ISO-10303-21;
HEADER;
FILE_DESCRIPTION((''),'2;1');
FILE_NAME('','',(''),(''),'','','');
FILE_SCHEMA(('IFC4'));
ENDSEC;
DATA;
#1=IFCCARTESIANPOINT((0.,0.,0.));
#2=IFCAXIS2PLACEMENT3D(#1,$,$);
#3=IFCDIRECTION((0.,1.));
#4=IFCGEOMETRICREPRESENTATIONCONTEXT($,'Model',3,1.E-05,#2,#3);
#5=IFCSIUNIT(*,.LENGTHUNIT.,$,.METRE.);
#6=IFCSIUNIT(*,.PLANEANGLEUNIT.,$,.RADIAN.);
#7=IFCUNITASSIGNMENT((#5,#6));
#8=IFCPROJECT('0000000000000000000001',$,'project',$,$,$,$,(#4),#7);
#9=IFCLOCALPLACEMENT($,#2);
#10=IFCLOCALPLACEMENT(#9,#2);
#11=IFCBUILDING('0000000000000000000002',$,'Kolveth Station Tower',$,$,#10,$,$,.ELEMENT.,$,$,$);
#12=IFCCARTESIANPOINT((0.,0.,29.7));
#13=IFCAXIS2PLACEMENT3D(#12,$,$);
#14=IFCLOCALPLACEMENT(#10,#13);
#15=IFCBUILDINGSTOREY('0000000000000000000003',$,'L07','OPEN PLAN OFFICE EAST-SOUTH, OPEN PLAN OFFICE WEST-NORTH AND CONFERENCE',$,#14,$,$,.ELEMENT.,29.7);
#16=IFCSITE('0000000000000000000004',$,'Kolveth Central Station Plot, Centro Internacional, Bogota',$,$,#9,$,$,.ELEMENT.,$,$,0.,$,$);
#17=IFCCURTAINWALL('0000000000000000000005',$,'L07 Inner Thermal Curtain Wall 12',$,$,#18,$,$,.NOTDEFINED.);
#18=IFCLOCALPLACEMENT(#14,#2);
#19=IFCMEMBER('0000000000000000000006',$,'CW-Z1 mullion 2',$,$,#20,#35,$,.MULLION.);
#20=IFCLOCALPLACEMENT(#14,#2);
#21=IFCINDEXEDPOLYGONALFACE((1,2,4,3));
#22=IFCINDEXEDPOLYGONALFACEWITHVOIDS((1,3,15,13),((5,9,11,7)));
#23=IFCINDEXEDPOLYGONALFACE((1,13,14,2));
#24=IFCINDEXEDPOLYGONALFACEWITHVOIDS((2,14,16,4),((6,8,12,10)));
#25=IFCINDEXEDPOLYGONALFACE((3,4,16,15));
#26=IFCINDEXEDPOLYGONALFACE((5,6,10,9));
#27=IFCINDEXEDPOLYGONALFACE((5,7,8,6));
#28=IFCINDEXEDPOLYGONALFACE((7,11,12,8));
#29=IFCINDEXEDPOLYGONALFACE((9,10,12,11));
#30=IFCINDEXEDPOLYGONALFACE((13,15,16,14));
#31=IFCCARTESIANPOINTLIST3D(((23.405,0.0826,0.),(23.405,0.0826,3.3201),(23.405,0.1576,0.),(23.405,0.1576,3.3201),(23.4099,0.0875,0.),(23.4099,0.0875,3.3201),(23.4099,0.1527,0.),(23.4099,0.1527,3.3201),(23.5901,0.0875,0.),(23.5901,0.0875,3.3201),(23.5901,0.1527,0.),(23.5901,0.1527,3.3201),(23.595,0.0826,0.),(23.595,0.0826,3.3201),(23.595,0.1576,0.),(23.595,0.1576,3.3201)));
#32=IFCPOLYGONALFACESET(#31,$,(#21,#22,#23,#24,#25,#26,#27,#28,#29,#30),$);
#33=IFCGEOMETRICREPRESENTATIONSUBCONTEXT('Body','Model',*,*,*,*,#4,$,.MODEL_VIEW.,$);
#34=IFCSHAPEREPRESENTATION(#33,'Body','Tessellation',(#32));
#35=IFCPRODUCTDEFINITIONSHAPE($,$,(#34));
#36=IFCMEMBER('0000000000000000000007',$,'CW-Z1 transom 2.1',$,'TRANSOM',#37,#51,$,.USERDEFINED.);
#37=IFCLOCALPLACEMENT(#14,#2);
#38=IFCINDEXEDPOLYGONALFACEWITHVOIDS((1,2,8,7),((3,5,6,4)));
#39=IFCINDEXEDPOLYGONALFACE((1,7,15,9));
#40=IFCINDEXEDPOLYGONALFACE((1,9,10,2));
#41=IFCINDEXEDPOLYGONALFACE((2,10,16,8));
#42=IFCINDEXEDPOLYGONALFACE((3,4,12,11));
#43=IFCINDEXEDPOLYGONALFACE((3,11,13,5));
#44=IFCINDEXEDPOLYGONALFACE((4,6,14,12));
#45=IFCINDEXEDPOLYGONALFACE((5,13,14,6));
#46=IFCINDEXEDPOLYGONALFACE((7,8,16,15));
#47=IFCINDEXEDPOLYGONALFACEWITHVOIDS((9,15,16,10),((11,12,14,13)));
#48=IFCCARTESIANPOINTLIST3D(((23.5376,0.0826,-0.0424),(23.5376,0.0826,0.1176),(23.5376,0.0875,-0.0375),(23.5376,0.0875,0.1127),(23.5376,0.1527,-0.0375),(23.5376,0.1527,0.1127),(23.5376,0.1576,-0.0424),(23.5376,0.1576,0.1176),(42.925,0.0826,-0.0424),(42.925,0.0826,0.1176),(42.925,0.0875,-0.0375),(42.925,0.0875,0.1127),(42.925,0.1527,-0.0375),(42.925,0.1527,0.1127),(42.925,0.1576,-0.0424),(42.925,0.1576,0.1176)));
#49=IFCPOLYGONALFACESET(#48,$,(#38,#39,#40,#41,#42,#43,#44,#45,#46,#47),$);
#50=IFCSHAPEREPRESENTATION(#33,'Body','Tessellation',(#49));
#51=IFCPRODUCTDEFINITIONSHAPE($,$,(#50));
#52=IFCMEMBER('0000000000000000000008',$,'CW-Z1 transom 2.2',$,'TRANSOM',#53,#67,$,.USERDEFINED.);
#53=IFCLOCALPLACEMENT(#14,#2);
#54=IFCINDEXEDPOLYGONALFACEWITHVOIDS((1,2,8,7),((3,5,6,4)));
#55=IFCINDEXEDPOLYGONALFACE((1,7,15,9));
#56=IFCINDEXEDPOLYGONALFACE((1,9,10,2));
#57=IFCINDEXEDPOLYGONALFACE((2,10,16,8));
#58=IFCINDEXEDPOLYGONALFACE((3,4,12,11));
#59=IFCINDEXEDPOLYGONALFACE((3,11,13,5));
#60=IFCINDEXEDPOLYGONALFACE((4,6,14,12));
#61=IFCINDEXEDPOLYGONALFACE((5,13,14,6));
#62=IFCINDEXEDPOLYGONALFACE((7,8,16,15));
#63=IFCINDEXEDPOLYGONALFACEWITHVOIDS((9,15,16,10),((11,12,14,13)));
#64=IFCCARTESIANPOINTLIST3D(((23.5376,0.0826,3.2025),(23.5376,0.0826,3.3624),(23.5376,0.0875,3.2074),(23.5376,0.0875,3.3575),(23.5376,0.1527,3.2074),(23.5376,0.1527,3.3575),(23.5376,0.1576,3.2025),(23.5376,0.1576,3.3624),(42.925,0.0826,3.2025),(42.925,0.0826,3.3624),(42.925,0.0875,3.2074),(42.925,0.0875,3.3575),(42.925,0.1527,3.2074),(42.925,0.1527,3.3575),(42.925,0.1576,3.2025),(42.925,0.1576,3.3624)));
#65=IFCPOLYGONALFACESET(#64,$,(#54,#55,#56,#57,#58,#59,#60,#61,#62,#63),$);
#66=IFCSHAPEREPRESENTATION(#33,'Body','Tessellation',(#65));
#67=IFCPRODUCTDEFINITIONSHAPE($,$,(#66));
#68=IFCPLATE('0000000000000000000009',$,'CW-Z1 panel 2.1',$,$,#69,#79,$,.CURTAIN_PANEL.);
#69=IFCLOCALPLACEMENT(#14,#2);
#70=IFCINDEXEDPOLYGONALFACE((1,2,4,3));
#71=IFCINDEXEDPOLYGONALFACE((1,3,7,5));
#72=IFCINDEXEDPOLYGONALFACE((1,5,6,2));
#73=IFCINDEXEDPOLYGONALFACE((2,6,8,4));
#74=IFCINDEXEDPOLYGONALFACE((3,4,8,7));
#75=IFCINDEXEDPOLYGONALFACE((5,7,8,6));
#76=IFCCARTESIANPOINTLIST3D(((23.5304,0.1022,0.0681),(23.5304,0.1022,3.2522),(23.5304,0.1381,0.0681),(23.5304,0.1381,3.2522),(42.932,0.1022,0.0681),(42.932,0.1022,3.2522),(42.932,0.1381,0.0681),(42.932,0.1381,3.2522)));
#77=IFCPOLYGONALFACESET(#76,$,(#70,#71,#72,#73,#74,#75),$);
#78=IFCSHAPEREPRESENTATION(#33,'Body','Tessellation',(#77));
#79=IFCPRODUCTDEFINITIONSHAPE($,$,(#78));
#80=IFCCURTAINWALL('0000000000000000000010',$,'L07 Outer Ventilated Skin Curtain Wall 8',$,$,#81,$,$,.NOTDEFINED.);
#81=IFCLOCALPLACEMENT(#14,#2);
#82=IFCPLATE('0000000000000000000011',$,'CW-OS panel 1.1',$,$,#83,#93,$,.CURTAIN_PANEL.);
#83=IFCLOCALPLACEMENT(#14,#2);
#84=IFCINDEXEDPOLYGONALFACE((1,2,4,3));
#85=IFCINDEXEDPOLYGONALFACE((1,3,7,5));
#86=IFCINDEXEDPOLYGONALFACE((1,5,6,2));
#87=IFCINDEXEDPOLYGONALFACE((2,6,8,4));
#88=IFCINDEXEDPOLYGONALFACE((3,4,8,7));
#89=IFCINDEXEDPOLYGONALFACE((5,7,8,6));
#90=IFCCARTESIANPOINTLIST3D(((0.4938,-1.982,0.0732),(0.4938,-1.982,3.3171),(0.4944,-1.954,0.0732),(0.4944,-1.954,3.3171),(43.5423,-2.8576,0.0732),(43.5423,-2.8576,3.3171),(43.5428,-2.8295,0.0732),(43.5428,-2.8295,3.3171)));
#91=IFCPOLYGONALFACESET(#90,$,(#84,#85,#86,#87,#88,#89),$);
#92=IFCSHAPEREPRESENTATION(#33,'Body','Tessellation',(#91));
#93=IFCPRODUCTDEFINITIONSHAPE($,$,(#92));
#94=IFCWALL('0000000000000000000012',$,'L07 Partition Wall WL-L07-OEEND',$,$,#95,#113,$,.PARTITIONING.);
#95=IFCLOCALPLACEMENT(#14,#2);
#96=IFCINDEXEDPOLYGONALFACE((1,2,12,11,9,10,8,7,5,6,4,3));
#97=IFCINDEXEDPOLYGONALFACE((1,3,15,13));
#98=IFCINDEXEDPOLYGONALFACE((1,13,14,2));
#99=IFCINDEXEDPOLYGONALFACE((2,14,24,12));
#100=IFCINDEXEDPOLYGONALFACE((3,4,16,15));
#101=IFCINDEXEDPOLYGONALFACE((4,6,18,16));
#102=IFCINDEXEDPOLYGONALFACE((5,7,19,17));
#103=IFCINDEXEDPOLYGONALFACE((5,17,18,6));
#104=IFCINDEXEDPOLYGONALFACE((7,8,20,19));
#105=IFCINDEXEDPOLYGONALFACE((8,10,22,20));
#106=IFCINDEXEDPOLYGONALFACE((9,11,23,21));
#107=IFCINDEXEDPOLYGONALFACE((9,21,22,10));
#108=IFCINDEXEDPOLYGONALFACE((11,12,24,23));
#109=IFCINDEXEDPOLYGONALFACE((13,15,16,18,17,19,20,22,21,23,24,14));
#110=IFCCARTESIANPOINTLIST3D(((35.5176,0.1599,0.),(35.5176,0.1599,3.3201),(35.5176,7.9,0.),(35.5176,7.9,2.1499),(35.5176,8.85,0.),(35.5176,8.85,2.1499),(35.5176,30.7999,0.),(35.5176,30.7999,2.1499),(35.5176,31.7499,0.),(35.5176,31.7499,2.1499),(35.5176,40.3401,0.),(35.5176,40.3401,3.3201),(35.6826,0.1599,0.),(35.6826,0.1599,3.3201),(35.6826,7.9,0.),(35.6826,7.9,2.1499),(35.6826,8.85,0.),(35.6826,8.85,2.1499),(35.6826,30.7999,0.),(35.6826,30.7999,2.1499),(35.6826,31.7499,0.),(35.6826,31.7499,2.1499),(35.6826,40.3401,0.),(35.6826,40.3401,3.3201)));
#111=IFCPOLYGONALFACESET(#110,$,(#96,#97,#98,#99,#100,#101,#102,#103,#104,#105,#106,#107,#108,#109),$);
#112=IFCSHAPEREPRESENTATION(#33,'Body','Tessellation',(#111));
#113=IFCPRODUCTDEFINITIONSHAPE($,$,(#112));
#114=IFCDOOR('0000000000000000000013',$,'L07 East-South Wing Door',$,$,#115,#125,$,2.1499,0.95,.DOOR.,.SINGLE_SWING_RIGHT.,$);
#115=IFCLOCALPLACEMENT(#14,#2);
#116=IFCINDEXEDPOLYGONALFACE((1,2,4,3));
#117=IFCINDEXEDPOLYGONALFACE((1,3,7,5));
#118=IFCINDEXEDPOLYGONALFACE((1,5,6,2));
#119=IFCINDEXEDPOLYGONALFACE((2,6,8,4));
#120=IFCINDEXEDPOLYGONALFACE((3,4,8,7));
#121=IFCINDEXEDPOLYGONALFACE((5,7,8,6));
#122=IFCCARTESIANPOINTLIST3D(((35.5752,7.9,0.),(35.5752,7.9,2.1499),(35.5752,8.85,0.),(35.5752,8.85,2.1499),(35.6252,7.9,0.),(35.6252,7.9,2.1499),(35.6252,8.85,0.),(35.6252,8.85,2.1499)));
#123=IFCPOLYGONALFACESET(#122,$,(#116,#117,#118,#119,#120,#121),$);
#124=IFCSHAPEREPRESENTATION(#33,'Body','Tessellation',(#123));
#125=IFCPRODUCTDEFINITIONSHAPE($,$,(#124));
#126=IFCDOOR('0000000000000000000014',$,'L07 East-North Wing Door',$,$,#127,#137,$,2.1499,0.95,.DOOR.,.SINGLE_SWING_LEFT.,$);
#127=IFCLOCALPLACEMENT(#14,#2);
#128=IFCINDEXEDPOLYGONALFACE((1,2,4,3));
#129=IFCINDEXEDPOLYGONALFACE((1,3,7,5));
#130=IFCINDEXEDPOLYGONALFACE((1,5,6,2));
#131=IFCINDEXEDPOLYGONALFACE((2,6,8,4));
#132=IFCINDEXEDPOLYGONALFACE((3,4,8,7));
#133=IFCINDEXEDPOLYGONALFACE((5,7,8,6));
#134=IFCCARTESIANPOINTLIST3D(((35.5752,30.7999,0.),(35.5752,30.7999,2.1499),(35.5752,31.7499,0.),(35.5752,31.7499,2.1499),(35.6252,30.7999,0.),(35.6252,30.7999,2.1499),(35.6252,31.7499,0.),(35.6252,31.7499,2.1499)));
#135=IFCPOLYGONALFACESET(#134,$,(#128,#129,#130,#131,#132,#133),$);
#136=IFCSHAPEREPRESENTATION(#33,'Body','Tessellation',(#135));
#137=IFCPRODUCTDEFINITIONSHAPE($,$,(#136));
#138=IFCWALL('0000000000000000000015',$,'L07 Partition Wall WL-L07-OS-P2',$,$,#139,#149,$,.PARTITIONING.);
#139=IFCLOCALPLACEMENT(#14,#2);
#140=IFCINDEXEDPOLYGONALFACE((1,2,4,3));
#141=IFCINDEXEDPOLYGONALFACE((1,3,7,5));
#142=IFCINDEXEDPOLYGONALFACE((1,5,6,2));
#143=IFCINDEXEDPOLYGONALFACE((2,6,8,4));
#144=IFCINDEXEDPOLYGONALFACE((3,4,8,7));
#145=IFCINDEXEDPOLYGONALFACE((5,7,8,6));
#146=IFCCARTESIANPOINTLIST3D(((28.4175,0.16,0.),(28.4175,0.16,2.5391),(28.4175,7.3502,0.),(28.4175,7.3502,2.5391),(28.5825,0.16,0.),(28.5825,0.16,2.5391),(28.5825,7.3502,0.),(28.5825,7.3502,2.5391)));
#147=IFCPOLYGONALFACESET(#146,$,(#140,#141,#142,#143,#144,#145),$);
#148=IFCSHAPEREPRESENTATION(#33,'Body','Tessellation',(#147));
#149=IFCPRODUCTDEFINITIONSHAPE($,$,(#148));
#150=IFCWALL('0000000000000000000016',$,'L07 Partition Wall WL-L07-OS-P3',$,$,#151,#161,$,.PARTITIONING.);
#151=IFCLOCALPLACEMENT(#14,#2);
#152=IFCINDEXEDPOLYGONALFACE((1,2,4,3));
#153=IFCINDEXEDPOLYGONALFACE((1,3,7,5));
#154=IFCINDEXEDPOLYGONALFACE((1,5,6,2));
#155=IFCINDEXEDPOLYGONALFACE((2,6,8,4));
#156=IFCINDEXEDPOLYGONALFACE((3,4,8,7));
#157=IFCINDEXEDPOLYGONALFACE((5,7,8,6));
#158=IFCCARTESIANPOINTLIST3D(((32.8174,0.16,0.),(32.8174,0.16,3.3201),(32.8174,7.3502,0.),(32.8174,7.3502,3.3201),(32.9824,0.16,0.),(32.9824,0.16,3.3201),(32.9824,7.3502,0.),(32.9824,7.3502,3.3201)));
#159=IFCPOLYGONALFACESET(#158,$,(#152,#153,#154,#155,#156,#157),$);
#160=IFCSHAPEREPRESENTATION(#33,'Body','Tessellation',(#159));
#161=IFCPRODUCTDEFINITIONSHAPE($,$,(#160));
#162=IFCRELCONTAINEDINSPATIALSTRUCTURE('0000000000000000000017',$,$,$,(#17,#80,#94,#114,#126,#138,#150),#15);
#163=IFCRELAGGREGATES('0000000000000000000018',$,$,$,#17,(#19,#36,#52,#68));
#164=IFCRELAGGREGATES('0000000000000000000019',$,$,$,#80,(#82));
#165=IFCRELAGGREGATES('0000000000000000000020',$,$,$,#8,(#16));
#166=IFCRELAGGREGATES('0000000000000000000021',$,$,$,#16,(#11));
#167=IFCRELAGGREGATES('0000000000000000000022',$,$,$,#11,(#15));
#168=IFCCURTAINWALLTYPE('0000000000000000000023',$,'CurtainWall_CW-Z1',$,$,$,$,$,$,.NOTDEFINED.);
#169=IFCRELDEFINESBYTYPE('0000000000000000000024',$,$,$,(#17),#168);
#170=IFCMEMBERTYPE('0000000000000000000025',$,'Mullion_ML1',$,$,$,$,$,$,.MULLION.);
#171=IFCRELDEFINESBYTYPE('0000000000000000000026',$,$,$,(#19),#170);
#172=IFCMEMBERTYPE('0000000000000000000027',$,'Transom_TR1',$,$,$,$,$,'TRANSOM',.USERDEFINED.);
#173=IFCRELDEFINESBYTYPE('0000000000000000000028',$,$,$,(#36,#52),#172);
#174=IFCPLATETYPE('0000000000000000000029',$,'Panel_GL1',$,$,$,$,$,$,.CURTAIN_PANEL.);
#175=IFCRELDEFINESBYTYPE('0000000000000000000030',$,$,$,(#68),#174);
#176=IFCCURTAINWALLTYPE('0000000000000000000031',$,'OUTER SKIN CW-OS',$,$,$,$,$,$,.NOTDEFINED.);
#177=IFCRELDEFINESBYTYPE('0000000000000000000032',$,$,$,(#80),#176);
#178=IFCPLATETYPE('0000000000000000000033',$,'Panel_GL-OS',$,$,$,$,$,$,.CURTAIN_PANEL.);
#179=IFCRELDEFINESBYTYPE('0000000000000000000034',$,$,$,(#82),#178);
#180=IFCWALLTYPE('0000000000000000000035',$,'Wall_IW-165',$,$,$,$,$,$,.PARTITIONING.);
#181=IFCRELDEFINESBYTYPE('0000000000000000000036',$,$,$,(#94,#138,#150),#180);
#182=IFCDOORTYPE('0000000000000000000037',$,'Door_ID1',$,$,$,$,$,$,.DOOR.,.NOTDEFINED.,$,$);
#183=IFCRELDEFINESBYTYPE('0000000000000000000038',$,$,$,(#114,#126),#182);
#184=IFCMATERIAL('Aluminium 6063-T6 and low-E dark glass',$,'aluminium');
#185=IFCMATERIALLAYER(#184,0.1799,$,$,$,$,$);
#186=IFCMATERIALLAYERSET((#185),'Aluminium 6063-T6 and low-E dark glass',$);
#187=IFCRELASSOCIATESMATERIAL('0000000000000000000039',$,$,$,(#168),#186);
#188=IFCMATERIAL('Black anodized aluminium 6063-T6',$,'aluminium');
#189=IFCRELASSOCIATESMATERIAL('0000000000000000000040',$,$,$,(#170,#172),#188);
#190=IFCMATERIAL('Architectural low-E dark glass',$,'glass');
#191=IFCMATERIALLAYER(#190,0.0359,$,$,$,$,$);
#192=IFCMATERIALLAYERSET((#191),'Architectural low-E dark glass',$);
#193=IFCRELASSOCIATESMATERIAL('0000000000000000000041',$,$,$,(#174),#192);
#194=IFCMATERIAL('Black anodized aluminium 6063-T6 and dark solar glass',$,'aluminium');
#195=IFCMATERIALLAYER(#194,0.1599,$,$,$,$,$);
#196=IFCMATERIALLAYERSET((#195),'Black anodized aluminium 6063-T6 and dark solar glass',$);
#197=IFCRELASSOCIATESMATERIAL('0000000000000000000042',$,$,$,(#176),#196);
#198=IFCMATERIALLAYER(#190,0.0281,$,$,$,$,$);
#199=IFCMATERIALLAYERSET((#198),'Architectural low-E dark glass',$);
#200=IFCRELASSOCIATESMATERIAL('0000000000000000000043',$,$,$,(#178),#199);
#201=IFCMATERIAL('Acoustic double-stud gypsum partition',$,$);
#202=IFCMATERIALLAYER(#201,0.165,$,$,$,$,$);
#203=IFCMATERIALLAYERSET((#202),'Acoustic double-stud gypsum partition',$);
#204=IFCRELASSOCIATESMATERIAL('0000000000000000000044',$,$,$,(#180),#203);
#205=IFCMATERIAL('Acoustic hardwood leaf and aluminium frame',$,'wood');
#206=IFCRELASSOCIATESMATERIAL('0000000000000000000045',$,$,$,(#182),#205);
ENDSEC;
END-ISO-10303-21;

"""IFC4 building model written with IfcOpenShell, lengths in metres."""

from ifc_helpers import new_model, si_unit, direction, frame, frame_2d, origin, origin_2d, place, context, subcontext, project, spatial, rectangle, hollow_rectangle, extrude, source, transform, mapped, material, layer, layer_set, material_profile, profile_set, type_object, element, fill, aggregate, save


model = new_model("IFC4")

# Units and contexts
model_context = context("Model", 3, precision=1e-05, world=origin(), true_north=direction((0.0, 1.0)))
body_context = subcontext(model_context, "Body", "Model", "MODEL_VIEW")
ifc_project = project(units=[si_unit("LENGTHUNIT", "METRE"), si_unit("PLANEANGLEUNIT", "RADIAN")], contexts=[model_context])

# Site, building, storey
site_placement = place(None, origin())
site = spatial("IfcSite", under=ifc_project, at=site_placement, Name="Kolveth Central Station Plot, Centro Internacional, Bogota", CompositionType="ELEMENT", RefElevation=0.0)
building_placement = place(site_placement, origin())
building = spatial("IfcBuilding", under=site, at=building_placement, Name="Kolveth Station Tower", CompositionType="ELEMENT")
storey_placement = place(building_placement, frame((0.0, 0.0, 29.7)))
storey = spatial("IfcBuildingStorey", under=building, at=storey_placement, Name="L07", Description="OPEN PLAN OFFICE EAST-SOUTH, OPEN PLAN OFFICE WEST-NORTH AND CONFERENCE", CompositionType="ELEMENT", Elevation=29.7)

# Curtain wall, members, plate
ifc_material_1 = material(Name="Aluminium 6063-T6 and low-E dark glass", Category="aluminium")
ifc_layer_1 = layer(ifc_material_1, 0.1799)
ifc_layer_set_1 = layer_set([ifc_layer_1], Name="Aluminium 6063-T6 and low-E dark glass")
curtain_wall_type_1 = type_object("IfcCurtainWallType", Name="CurtainWall_CW-Z1", PredefinedType="NOTDEFINED", material=ifc_layer_set_1)
curtain_wall_1_placement = place(storey_placement, origin())
curtain_wall_1 = element("IfcCurtainWall", 1, at=curtain_wall_1_placement, inside=storey, type_object=curtain_wall_type_1, Name="L07 Inner Thermal Curtain Wall 12", PredefinedType="NOTDEFINED")
ifc_material_2 = material(Name="Black anodized aluminium 6063-T6", Category="aluminium")
ifc_material_profile_1 = material_profile(ifc_material_2, hollow_rectangle(XDim=0.075, YDim=0.1899, WallThickness=0.0049, at=origin_2d()), Name="ALU-75x190x5")
ifc_profile_set_1 = profile_set([ifc_material_profile_1], Name="Black anodized aluminium 6063-T6")
member_type_1 = type_object("IfcMemberType", Name="Mullion_ML1", PredefinedType="MULLION", material=ifc_profile_set_1)
shared_shape_1 = source(origin(), body_context, "Body", "SweptSolid", [
    extrude(hollow_rectangle(XDim=0.075, YDim=0.1899, WallThickness=0.0049, at=origin_2d()), origin(), (0.0, 0.0, 1.0), 3.3201),
])
member_1_placement = place(storey_placement, frame((23.5, 0.1201, 0.0), z_axis=(0.0, 0.0, 1.0), x_axis=(0.0, 1.0, 0.0)))
member_1 = element("IfcMember", 2, at=member_1_placement, type_object=member_type_1, Name="CW-Z1 mullion 2", PredefinedType="MULLION", context=body_context, shape_type="MappedRepresentation", body=[
    mapped(shared_shape_1, transform((0.0, 0.0, 0.0), x_axis=(1.0, 0.0, 0.0), y_axis=(0.0, 1.0, 0.0), z_axis=(0.0, 0.0, 1.0), scale=1.0)),
])
ifc_material_profile_2 = material_profile(ifc_material_2, hollow_rectangle(XDim=0.075, YDim=0.1599, WallThickness=0.0049, at=origin_2d()), Name="ALU-75x160x5")
ifc_profile_set_2 = profile_set([ifc_material_profile_2], Name="Black anodized aluminium 6063-T6")
member_type_2 = type_object("IfcMemberType", Name="Transom_TR1", ElementType="TRANSOM", PredefinedType="USERDEFINED", material=ifc_profile_set_2)
shared_shape_2 = source(origin(), body_context, "Body", "SweptSolid", [
    extrude(hollow_rectangle(XDim=0.075, YDim=0.1599, WallThickness=0.0049, at=origin_2d()), origin(), (0.0, 0.0, 1.0), 19.3875),
])
member_2_placement = place(storey_placement, frame((23.5376, 0.1201, 0.0376), z_axis=(1.0, 0.0, 0.0), x_axis=(0.0, 1.0, 0.0)))
member_2 = element("IfcMember", 3, at=member_2_placement, type_object=member_type_2, Name="CW-Z1 transom 2.1", ObjectType="TRANSOM", PredefinedType="USERDEFINED", context=body_context, shape_type="MappedRepresentation", body=[
    mapped(shared_shape_2, transform((0.0, 0.0, 0.0), x_axis=(1.0, 0.0, 0.0), y_axis=(0.0, 1.0, 0.0), z_axis=(0.0, 0.0, 1.0), scale=1.0)),
])
member_3_placement = place(storey_placement, frame((23.5376, 0.1201, 3.2825), z_axis=(1.0, 0.0, 0.0), x_axis=(0.0, 1.0, 0.0)))
member_3 = element("IfcMember", 4, at=member_3_placement, type_object=member_type_2, Name="CW-Z1 transom 2.2", ObjectType="TRANSOM", PredefinedType="USERDEFINED", context=body_context, shape_type="MappedRepresentation", body=[
    mapped(shared_shape_2, transform((0.0, 0.0, 0.0), x_axis=(1.0, 0.0, 0.0), y_axis=(0.0, 1.0, 0.0), z_axis=(0.0, 0.0, 1.0), scale=1.0)),
])
ifc_material_3 = material(Name="Architectural low-E dark glass", Category="glass")
ifc_layer_2 = layer(ifc_material_3, 0.0359)
ifc_layer_set_2 = layer_set([ifc_layer_2], Name="Architectural low-E dark glass")
plate_type_1 = type_object("IfcPlateType", Name="Panel_GL1", PredefinedType="CURTAIN_PANEL", material=ifc_layer_set_2)
shared_shape_3 = source(origin(), body_context, "Body", "SweptSolid", [
    extrude(rectangle(XDim=19.4016, YDim=0.0359, at=origin_2d()), origin(), (0.0, 0.0, 1.0), 3.1841),
])
plate_1_placement = place(storey_placement, frame((33.2312, 0.1201, 0.0681), z_axis=(0.0, 0.0, 1.0), x_axis=(1.0, 0.0, 0.0)))
plate_1 = element("IfcPlate", 5, at=plate_1_placement, type_object=plate_type_1, Name="CW-Z1 panel 2.1", PredefinedType="CURTAIN_PANEL", context=body_context, shape_type="MappedRepresentation", body=[
    mapped(shared_shape_3, transform((0.0, 0.0, 0.0), x_axis=(1.0, 0.0, 0.0), y_axis=(0.0, 1.0, 0.0), z_axis=(0.0, 0.0, 1.0), scale=1.0)),
])
aggregate(curtain_wall_1, [member_1, member_2, member_3, plate_1])

# Curtain wall, plate
ifc_material_4 = material(Name="Black anodized aluminium 6063-T6 and dark solar glass", Category="aluminium")
ifc_layer_3 = layer(ifc_material_4, 0.1599)
ifc_layer_set_3 = layer_set([ifc_layer_3], Name="Black anodized aluminium 6063-T6 and dark solar glass")
curtain_wall_type_2 = type_object("IfcCurtainWallType", Name="OUTER SKIN CW-OS", PredefinedType="NOTDEFINED", material=ifc_layer_set_3)
curtain_wall_2_placement = place(storey_placement, origin())
curtain_wall_2 = element("IfcCurtainWall", 6, at=curtain_wall_2_placement, inside=storey, type_object=curtain_wall_type_2, Name="L07 Outer Ventilated Skin Curtain Wall 8", PredefinedType="NOTDEFINED")
ifc_layer_4 = layer(ifc_material_3, 0.0281)
ifc_layer_set_4 = layer_set([ifc_layer_4], Name="Architectural low-E dark glass")
plate_type_2 = type_object("IfcPlateType", Name="Panel_GL-OS", PredefinedType="CURTAIN_PANEL", material=ifc_layer_set_4)
shared_shape_4 = source(origin(), body_context, "Body", "SweptSolid", [
    extrude(rectangle(XDim=43.0574, YDim=0.0281, at=origin_2d()), origin(), (0.0, 0.0, 1.0), 3.2439),
])
plate_2_placement = place(storey_placement, frame((22.0183, -2.4058, 0.0732), z_axis=(0.0, 0.0, 1.0), x_axis=(0.999793, -0.020334, 0.0)))
plate_2 = element("IfcPlate", 7, at=plate_2_placement, type_object=plate_type_2, Name="CW-OS panel 1.1", PredefinedType="CURTAIN_PANEL", context=body_context, shape_type="MappedRepresentation", body=[
    mapped(shared_shape_4, transform((0.0, 0.0, 0.0), x_axis=(1.0, 0.0, 0.0), y_axis=(0.0, 1.0, 0.0), z_axis=(0.0, 0.0, 1.0), scale=1.0)),
])
aggregate(curtain_wall_2, [plate_2])

# Wall, openings, doors
ifc_material_5 = material(Name="Acoustic double-stud gypsum partition")
ifc_layer_5 = layer(ifc_material_5, 0.165)
ifc_layer_set_5 = layer_set([ifc_layer_5], Name="Acoustic double-stud gypsum partition")
wall_type = type_object("IfcWallType", Name="Wall_IW-165", PredefinedType="PARTITIONING", material=ifc_layer_set_5)
wall_1_placement = place(storey_placement, frame((35.6001, 0.1599, 0.0), z_axis=(0.0, 0.0, 1.0), x_axis=(0.0, 1.0, 0.0)))
wall_1 = element("IfcWall", 8, at=wall_1_placement, inside=storey, type_object=wall_type, Name="L07 Partition Wall WL-L07-OEEND", PredefinedType="PARTITIONING", context=body_context, shape_type="SweptSolid", body=[
    extrude(rectangle(XDim=40.1802, YDim=0.165, at=frame_2d((20.0901, 0.0))), origin(), (0.0, 0.0, 1.0), 3.3201),
])
opening_1_placement = place(wall_1_placement, frame((7.74, 0.0, 0.0)))
opening_1 = element("IfcOpeningElement", 9, at=opening_1_placement, cuts=wall_1, PredefinedType="OPENING", context=body_context, shape_type="SweptSolid", body=[
    extrude(rectangle(XDim=0.95, YDim=2.1499, at=frame_2d((0.4751, 1.075))), frame((0.0, 0.0925, 0.0), z_axis=(0.0, -1.0, 0.0), x_axis=(1.0, 0.0, 0.0)), (0.0, 0.0, 1.0), 0.1851),
])
opening_2_placement = place(wall_1_placement, frame((30.6399, 0.0, 0.0)))
opening_2 = element("IfcOpeningElement", 10, at=opening_2_placement, cuts=wall_1, PredefinedType="OPENING", context=body_context, shape_type="SweptSolid", body=[
    extrude(rectangle(XDim=0.95, YDim=2.1499, at=frame_2d((0.4751, 1.075))), frame((0.0, 0.0925, 0.0), z_axis=(0.0, -1.0, 0.0), x_axis=(1.0, 0.0, 0.0)), (0.0, 0.0, 1.0), 0.1851),
])
ifc_material_6 = material(Name="Acoustic hardwood leaf and aluminium frame", Category="wood")
door_type = type_object("IfcDoorType", Name="Door_ID1", OperationType="NOTDEFINED", PredefinedType="DOOR", material=ifc_material_6)
door_1_placement = place(opening_1_placement, origin())
door_1 = element("IfcDoor", 11, at=door_1_placement, inside=storey, type_object=door_type, Name="L07 East-South Wing Door", OperationType="SINGLE_SWING_RIGHT", OverallHeight=2.1499, OverallWidth=0.95, PredefinedType="DOOR", context=body_context, shape_type="SweptSolid", body=[
    extrude(rectangle(XDim=0.95, YDim=2.1499, at=frame_2d((0.4751, 1.075))), frame((0.0, 0.0249, 0.0), z_axis=(0.0, -1.0, 0.0), x_axis=(1.0, 0.0, 0.0)), (0.0, 0.0, 1.0), 0.05),
])
fill(opening_1, door_1)
door_2_placement = place(opening_2_placement, origin())
door_2 = element("IfcDoor", 12, at=door_2_placement, inside=storey, type_object=door_type, Name="L07 East-North Wing Door", OperationType="SINGLE_SWING_LEFT", OverallHeight=2.1499, OverallWidth=0.95, PredefinedType="DOOR", context=body_context, shape_type="SweptSolid", body=[
    extrude(rectangle(XDim=0.95, YDim=2.1499, at=frame_2d((0.4751, 1.075))), frame((0.0, 0.0249, 0.0), z_axis=(0.0, -1.0, 0.0), x_axis=(1.0, 0.0, 0.0)), (0.0, 0.0, 1.0), 0.05),
])
fill(opening_2, door_2)

# Walls
wall_2_placement = place(storey_placement, frame((28.5, 0.1599, 0.0), z_axis=(0.0, 0.0, 1.0), x_axis=(0.0, 1.0, 0.0)))
element("IfcWall", 13, at=wall_2_placement, inside=storey, type_object=wall_type, Name="L07 Partition Wall WL-L07-OS-P2", PredefinedType="PARTITIONING", context=body_context, shape_type="SweptSolid", body=[
    extrude(rectangle(XDim=7.1902, YDim=0.165, at=frame_2d((3.5952, 0.0))), origin(), (0.0, 0.0, 1.0), 2.5391),
])
wall_3_placement = place(storey_placement, frame((32.8999, 0.1599, 0.0), z_axis=(0.0, 0.0, 1.0), x_axis=(0.0, 1.0, 0.0)))
element("IfcWall", 14, at=wall_3_placement, inside=storey, type_object=wall_type, Name="L07 Partition Wall WL-L07-OS-P3", PredefinedType="PARTITIONING", context=body_context, shape_type="SweptSolid", body=[
    extrude(rectangle(XDim=7.1902, YDim=0.165, at=frame_2d((3.5952, 0.0))), origin(), (0.0, 0.0, 1.0), 3.3201),
])

save(model, "model.ifc")
